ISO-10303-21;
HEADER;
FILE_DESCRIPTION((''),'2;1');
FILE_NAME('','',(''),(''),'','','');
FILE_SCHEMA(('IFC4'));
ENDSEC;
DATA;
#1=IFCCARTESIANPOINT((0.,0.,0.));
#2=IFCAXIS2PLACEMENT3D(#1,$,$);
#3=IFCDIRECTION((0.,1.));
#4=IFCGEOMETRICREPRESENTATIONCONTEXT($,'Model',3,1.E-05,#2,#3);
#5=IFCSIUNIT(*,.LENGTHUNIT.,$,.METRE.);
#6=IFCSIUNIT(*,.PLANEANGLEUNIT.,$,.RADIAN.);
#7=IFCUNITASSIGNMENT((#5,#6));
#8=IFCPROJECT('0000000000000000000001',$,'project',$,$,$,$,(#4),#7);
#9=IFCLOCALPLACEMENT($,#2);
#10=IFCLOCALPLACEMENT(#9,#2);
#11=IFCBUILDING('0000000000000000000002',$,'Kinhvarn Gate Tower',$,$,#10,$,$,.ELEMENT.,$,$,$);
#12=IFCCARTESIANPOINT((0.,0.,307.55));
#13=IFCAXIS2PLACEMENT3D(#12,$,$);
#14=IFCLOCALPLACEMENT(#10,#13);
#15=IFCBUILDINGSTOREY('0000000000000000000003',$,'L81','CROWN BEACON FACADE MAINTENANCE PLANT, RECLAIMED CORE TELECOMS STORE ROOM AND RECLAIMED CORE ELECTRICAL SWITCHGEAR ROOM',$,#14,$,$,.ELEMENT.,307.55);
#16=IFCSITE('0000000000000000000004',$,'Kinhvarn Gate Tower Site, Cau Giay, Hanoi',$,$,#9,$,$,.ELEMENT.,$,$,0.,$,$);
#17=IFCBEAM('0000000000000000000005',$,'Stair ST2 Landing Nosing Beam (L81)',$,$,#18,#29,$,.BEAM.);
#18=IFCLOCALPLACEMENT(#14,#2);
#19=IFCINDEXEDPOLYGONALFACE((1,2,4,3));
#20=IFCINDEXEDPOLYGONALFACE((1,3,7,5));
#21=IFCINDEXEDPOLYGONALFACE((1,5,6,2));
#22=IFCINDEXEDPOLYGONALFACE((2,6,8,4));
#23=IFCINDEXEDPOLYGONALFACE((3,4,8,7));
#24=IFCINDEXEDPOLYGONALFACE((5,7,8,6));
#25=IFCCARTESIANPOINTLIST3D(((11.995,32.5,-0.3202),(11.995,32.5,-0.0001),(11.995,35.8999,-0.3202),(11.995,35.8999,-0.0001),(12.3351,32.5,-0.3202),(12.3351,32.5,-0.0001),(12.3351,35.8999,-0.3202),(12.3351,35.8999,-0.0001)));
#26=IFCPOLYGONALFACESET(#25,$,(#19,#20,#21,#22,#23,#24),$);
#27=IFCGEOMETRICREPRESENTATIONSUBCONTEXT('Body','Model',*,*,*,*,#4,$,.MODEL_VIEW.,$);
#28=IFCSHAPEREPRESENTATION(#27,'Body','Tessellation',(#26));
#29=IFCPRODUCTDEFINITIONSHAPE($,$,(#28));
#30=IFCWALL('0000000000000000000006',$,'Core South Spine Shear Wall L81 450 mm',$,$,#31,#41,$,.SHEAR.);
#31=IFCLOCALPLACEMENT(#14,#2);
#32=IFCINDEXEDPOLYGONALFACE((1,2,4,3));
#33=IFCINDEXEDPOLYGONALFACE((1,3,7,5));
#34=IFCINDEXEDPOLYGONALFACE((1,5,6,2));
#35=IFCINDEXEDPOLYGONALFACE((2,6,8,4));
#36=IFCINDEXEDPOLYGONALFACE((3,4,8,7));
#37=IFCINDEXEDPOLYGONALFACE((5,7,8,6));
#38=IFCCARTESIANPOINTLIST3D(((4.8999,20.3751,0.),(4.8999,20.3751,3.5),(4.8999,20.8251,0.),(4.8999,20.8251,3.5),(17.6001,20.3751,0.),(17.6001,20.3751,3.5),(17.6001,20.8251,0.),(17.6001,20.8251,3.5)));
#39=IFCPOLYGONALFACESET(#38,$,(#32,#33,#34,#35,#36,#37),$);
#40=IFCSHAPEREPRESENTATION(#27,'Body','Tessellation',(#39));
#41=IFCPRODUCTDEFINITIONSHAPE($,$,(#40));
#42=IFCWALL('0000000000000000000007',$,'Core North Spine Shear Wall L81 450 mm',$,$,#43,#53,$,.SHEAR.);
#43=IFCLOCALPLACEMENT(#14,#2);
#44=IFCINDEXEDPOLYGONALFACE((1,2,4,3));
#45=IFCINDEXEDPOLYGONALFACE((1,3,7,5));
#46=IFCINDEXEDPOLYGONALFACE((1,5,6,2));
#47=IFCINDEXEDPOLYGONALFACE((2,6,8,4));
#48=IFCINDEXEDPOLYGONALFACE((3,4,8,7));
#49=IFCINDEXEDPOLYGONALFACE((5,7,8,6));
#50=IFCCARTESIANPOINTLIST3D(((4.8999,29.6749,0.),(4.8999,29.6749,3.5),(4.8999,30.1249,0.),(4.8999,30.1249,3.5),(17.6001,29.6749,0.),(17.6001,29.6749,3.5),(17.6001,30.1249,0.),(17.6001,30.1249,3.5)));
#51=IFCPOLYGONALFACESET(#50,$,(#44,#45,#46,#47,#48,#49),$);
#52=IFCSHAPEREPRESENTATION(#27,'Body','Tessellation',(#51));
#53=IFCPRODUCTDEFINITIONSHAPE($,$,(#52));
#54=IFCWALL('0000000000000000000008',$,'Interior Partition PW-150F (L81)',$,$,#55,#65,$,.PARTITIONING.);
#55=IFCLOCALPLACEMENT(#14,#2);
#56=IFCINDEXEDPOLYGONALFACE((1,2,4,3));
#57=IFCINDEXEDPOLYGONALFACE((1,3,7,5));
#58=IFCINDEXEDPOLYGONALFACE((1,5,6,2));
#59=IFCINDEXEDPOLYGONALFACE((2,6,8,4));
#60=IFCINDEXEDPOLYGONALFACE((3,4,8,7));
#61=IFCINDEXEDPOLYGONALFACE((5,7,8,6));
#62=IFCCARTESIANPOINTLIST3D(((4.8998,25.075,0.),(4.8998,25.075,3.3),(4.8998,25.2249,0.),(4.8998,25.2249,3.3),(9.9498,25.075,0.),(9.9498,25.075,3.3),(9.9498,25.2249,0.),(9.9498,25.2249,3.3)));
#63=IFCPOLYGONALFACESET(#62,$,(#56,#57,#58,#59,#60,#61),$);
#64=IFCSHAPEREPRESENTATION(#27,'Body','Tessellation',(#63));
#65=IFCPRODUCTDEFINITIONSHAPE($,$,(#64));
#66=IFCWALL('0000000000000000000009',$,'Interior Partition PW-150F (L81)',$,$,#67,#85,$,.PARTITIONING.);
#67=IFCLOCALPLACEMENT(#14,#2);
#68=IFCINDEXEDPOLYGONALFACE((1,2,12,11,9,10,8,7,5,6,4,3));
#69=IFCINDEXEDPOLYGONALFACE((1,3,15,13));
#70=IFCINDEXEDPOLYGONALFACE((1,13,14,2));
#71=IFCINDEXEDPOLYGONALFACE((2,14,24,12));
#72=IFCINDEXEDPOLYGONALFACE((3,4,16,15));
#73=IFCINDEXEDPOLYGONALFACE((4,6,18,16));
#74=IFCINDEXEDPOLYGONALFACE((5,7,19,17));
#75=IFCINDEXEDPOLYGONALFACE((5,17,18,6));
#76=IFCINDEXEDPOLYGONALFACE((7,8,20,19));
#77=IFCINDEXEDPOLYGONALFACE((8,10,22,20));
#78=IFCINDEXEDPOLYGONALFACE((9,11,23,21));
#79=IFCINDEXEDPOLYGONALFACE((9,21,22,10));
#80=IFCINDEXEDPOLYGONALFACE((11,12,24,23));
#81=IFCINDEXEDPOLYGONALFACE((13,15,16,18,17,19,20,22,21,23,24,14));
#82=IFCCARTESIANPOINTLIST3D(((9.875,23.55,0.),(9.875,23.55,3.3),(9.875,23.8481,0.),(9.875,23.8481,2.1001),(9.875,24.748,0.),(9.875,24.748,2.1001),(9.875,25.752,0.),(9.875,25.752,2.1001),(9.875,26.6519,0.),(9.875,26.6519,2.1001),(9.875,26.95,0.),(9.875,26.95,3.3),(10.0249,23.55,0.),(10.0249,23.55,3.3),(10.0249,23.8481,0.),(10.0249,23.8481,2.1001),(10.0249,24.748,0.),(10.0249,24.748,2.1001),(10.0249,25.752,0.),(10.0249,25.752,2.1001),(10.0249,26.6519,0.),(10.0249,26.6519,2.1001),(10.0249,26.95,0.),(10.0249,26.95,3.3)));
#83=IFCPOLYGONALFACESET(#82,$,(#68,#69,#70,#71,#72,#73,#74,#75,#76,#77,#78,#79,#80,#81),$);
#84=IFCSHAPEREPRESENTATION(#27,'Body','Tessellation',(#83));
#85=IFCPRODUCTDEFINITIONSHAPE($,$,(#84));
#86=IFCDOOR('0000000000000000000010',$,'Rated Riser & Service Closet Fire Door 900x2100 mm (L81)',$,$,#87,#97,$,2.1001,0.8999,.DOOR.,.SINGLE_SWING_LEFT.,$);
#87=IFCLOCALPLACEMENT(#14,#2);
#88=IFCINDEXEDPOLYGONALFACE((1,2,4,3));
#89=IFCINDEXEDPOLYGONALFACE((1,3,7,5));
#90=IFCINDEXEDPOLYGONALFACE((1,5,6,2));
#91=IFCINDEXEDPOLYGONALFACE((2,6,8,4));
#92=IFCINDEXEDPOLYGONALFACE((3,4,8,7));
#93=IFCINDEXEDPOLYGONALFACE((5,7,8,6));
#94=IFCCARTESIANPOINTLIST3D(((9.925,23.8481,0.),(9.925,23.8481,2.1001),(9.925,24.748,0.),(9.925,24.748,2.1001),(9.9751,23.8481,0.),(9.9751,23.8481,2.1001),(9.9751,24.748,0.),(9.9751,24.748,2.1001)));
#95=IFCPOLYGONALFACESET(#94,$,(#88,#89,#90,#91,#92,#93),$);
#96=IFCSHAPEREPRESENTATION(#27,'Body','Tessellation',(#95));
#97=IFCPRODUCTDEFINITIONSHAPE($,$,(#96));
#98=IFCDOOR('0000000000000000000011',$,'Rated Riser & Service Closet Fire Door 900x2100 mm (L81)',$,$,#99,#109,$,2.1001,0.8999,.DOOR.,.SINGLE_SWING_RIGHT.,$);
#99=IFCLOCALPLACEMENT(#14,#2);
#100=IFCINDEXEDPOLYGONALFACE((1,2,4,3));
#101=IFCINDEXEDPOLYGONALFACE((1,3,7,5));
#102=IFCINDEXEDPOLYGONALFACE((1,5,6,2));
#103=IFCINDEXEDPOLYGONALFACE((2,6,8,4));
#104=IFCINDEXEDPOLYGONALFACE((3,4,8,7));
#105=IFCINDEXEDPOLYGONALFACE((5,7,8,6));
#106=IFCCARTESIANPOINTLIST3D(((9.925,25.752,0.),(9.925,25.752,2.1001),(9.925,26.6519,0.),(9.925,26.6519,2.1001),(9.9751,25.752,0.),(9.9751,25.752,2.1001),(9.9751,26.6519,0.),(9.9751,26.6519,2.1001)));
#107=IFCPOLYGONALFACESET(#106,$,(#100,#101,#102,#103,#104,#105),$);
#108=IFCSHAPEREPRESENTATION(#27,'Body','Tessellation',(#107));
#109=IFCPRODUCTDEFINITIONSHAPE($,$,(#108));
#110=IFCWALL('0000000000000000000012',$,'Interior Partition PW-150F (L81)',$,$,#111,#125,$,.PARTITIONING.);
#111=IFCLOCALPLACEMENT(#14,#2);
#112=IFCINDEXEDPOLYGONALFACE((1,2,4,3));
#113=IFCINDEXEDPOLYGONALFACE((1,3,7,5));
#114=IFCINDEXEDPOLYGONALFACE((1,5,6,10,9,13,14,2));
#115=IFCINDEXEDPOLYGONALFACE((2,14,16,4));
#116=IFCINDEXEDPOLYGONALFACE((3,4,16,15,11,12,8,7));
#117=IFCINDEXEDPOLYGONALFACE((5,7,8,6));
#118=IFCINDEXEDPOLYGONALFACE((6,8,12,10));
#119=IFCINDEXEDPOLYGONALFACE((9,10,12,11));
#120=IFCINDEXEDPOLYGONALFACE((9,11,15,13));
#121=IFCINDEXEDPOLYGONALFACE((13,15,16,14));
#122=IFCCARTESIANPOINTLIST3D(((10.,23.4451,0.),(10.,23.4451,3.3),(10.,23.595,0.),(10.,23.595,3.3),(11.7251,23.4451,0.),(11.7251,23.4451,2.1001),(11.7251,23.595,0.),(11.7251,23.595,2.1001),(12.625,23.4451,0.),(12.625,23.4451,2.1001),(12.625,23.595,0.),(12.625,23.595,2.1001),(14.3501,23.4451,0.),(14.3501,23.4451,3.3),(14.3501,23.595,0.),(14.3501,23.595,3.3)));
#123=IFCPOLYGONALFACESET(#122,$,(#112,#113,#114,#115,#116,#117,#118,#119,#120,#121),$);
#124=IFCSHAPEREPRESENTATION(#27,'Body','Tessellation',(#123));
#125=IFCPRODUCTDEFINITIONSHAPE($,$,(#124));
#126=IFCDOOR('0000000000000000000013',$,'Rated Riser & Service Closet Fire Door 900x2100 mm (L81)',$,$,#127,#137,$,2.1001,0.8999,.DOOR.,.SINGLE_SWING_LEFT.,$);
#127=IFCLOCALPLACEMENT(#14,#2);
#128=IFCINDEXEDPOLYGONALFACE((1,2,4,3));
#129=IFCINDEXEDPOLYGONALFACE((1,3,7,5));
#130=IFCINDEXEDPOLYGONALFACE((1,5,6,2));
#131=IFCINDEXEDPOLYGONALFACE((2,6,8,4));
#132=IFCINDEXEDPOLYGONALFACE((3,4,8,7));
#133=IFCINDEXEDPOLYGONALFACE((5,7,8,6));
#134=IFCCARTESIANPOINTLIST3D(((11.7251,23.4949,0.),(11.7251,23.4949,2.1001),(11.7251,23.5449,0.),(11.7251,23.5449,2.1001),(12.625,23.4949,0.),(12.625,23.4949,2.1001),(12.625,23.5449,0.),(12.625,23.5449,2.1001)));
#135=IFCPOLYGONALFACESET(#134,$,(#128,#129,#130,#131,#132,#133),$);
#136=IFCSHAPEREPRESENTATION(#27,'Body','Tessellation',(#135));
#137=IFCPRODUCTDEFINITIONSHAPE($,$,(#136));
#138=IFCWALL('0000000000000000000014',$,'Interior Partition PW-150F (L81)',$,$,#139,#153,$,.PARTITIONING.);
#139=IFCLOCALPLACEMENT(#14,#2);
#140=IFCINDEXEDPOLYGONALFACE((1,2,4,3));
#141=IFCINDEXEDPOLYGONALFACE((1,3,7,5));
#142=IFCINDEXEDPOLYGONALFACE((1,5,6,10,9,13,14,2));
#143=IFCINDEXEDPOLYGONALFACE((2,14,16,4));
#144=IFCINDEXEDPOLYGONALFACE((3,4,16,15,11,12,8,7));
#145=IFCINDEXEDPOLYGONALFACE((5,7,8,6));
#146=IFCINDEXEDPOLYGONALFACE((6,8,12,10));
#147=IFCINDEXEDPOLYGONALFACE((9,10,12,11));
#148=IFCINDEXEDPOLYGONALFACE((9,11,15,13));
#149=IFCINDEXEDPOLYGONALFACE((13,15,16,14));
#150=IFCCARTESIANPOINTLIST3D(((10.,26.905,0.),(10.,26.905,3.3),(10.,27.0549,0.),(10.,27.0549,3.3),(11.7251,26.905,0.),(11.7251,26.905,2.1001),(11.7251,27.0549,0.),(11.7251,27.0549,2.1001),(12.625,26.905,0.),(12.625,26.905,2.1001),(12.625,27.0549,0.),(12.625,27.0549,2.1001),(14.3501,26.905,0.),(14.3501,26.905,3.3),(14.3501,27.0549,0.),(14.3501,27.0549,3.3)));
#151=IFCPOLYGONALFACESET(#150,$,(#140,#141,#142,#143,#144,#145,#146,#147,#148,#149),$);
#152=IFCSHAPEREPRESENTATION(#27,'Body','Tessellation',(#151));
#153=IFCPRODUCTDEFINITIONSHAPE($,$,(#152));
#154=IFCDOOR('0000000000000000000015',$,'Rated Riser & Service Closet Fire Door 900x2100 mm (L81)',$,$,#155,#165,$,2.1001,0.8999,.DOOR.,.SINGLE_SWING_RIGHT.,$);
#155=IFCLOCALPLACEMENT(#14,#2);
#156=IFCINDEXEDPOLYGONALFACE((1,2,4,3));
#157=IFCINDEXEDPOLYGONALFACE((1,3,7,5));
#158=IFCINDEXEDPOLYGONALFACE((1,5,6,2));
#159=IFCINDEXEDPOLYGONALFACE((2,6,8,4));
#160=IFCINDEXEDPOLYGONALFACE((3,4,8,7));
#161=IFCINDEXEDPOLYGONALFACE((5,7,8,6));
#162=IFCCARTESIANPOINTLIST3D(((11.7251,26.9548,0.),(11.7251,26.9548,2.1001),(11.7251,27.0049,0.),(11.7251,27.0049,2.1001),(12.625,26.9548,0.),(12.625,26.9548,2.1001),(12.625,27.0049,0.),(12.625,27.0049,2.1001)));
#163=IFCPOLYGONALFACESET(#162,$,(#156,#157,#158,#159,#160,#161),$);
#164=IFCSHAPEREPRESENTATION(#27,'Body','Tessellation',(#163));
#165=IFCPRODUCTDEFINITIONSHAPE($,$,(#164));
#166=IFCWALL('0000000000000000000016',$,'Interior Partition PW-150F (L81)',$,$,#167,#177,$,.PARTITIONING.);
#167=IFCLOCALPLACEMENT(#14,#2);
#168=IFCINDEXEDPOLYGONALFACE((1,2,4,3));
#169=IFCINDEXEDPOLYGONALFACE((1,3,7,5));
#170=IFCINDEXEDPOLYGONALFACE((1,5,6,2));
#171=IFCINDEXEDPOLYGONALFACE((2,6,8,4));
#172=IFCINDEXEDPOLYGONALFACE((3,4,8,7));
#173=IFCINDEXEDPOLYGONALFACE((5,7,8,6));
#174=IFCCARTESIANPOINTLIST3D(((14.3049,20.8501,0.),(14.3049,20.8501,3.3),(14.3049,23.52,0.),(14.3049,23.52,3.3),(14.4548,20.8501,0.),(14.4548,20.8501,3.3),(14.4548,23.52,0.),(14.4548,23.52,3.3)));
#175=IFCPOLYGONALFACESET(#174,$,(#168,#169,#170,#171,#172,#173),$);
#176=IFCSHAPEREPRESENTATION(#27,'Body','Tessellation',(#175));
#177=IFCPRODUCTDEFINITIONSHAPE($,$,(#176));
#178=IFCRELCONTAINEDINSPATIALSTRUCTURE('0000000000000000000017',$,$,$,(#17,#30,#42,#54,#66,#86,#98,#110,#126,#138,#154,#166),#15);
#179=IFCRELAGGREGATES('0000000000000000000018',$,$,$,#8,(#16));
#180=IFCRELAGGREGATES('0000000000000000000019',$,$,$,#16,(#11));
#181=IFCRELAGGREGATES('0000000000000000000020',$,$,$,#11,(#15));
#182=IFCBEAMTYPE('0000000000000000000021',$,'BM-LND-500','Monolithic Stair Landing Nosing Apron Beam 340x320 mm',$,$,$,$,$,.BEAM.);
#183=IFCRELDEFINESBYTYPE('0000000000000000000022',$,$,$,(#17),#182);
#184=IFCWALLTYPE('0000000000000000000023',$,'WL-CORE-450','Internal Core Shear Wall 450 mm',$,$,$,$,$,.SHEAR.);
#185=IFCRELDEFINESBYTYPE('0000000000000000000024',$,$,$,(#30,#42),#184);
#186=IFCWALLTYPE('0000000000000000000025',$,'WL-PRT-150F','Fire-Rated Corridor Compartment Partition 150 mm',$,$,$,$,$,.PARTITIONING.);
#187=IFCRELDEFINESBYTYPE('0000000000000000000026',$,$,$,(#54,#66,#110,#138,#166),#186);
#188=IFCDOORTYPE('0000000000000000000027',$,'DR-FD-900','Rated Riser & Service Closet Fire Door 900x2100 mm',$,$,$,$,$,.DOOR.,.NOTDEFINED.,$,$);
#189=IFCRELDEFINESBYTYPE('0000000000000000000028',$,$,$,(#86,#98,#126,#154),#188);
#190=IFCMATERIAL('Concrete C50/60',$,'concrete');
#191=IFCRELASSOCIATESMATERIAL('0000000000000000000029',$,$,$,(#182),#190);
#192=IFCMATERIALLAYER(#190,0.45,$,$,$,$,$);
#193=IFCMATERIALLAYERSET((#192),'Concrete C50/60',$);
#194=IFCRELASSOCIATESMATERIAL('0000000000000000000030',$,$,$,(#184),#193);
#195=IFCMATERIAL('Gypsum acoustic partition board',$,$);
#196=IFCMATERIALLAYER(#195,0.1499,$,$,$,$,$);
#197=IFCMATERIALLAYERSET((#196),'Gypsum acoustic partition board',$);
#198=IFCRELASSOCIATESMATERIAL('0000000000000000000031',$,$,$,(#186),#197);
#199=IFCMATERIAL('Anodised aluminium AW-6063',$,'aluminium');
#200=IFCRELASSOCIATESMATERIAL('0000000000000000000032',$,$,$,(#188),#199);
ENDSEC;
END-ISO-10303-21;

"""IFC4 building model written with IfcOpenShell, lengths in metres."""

from ifc_helpers import new_model, si_unit, direction, frame, frame_2d, origin, origin_2d, place, context, subcontext, project, spatial, rectangle, extrude, material, layer, layer_set, material_profile, profile_set, type_object, element, fill, save


model = new_model("IFC4")

# Units and contexts
model_context = context("Model", 3, precision=1e-05, world=origin(), true_north=direction((0.0, 1.0)))
body_context = subcontext(model_context, "Body", "Model", "MODEL_VIEW")
ifc_project = project(units=[si_unit("LENGTHUNIT", "METRE"), si_unit("PLANEANGLEUNIT", "RADIAN")], contexts=[model_context])

# Site, building, storey
site_placement = place(None, origin())
site = spatial("IfcSite", under=ifc_project, at=site_placement, Name="Kinhvarn Gate Tower Site, Cau Giay, Hanoi", CompositionType="ELEMENT", RefElevation=0.0)
building_placement = place(site_placement, origin())
building = spatial("IfcBuilding", under=site, at=building_placement, Name="Kinhvarn Gate Tower", CompositionType="ELEMENT")
storey_placement = place(building_placement, frame((0.0, 0.0, 307.55)))
storey = spatial("IfcBuildingStorey", under=building, at=storey_placement, Name="L81", Description="CROWN BEACON FACADE MAINTENANCE PLANT, RECLAIMED CORE TELECOMS STORE ROOM AND RECLAIMED CORE ELECTRICAL SWITCHGEAR ROOM", CompositionType="ELEMENT", Elevation=307.55)

# Beam
ifc_material_1 = material(Name="Concrete C50/60", Category="concrete")
ifc_material_profile = material_profile(ifc_material_1, rectangle(XDim=0.3401, YDim=0.3201, at=origin_2d()), Name="RC 340x320")
ifc_profile_set = profile_set([ifc_material_profile], Name="Concrete C50/60")
beam_type = type_object("IfcBeamType", Name="BM-LND-500", Description="Monolithic Stair Landing Nosing Apron Beam 340x320 mm", PredefinedType="BEAM", material=ifc_profile_set)
beam_placement = place(storey_placement, frame((12.165, 32.5, -0.1602), z_axis=(0.0, 1.0, 0.0), x_axis=(-1.0, 0.0, 0.0)))
element("IfcBeam", 1, at=beam_placement, inside=storey, type_object=beam_type, Name="Stair ST2 Landing Nosing Beam (L81)", PredefinedType="BEAM", context=body_context, shape_type="SweptSolid", body=[
    extrude(rectangle(XDim=0.3401, YDim=0.3201, at=origin_2d()), origin(), (0.0, 0.0, 1.0), 3.3999),
])

# Walls
ifc_layer_1 = layer(ifc_material_1, 0.45)
ifc_layer_set_1 = layer_set([ifc_layer_1], Name="Concrete C50/60")
wall_type_1 = type_object("IfcWallType", Name="WL-CORE-450", Description="Internal Core Shear Wall 450 mm", PredefinedType="SHEAR", material=ifc_layer_set_1)
for number, where, z_axis, x_axis, name in (
    (2, (4.8999, 20.6001, 0.0), (0.0, 0.0, 1.0), (1.0, 0.0, 0.0), "Core South Spine Shear Wall L81 450 mm"),
    (3, (4.8999, 29.8999, 0.0), (0.0, 0.0, 1.0), (1.0, 0.0, 0.0), "Core North Spine Shear Wall L81 450 mm"),
):
    element("IfcWall", number, at=place(storey_placement, frame(where, z_axis=z_axis, x_axis=x_axis)), inside=storey, type_object=wall_type_1, Name=name, PredefinedType="SHEAR", context=body_context, shape_type="SweptSolid", body=[
        extrude(rectangle(XDim=12.7002, YDim=0.45, at=frame_2d((6.3501, 0.0))), origin(), (0.0, 0.0, 1.0), 3.5),
    ])
ifc_material_2 = material(Name="Gypsum acoustic partition board")
ifc_layer_2 = layer(ifc_material_2, 0.1499)
ifc_layer_set_2 = layer_set([ifc_layer_2], Name="Gypsum acoustic partition board")
wall_type_2 = type_object("IfcWallType", Name="WL-PRT-150F", Description="Fire-Rated Corridor Compartment Partition 150 mm", PredefinedType="PARTITIONING", material=ifc_layer_set_2)
wall_1_placement = place(storey_placement, frame((4.8999, 25.1499, 0.0), z_axis=(0.0, 0.0, 1.0), x_axis=(1.0, 0.0, 0.0)))
element("IfcWall", 4, at=wall_1_placement, inside=storey, type_object=wall_type_2, Name="Interior Partition PW-150F (L81)", PredefinedType="PARTITIONING", context=body_context, shape_type="SweptSolid", body=[
    extrude(rectangle(XDim=5.05, YDim=0.1499, at=frame_2d((2.5249, 0.0))), origin(), (0.0, 0.0, 1.0), 3.3),
])

# Wall, openings, doors
wall_2_placement = place(storey_placement, frame((9.95, 23.55, 0.0), z_axis=(0.0, 0.0, 1.0), x_axis=(0.0, 1.0, 0.0)))
wall_2 = element("IfcWall", 5, at=wall_2_placement, inside=storey, type_object=wall_type_2, Name="Interior Partition PW-150F (L81)", PredefinedType="PARTITIONING", context=body_context, shape_type="SweptSolid", body=[
    extrude(rectangle(XDim=3.3999, YDim=0.1499, at=frame_2d((1.7, 0.0))), origin(), (0.0, 0.0, 1.0), 3.3),
])
opening_1_placement = place(wall_2_placement, frame((0.2981, 0.0, 0.0)))
opening_1 = element("IfcOpeningElement", 6, at=opening_1_placement, cuts=wall_2, PredefinedType="OPENING", context=body_context, shape_type="SweptSolid", body=[
    extrude(rectangle(XDim=0.8999, YDim=2.1001, at=frame_2d((0.45, 1.05))), frame((0.0, 0.085, 0.0), z_axis=(0.0, -1.0, 0.0), x_axis=(1.0, 0.0, 0.0)), (0.0, 0.0, 1.0), 0.1699),
])
opening_2_placement = place(wall_2_placement, frame((2.2019, 0.0, 0.0)))
opening_2 = element("IfcOpeningElement", 7, at=opening_2_placement, cuts=wall_2, PredefinedType="OPENING", context=body_context, shape_type="SweptSolid", body=[
    extrude(rectangle(XDim=0.8999, YDim=2.1001, at=frame_2d((0.45, 1.05))), frame((0.0, 0.085, 0.0), z_axis=(0.0, -1.0, 0.0), x_axis=(1.0, 0.0, 0.0)), (0.0, 0.0, 1.0), 0.1699),
])
ifc_material_3 = material(Name="Anodised aluminium AW-6063", Category="aluminium")
door_type_1 = type_object("IfcDoorType", Name="DR-FD-900", Description="Rated Riser & Service Closet Fire Door 900x2100 mm", OperationType="NOTDEFINED", PredefinedType="DOOR", material=ifc_material_3)
door_1_placement = place(opening_1_placement, origin())
door_1 = element("IfcDoor", 8, at=door_1_placement, inside=storey, type_object=door_type_1, Name="Rated Riser & Service Closet Fire Door 900x2100 mm (L81)", OperationType="SINGLE_SWING_LEFT", OverallHeight=2.1001, OverallWidth=0.8999, PredefinedType="DOOR", context=body_context, shape_type="SweptSolid", body=[
    extrude(rectangle(XDim=0.8999, YDim=2.1001, at=frame_2d((0.45, 1.05))), frame((0.0, 0.0249, 0.0), z_axis=(0.0, -1.0, 0.0), x_axis=(1.0, 0.0, 0.0)), (0.0, 0.0, 1.0), 0.05),
])
fill(opening_1, door_1)
door_2_placement = place(opening_2_placement, origin())
door_2 = element("IfcDoor", 9, at=door_2_placement, inside=storey, type_object=door_type_1, Name="Rated Riser & Service Closet Fire Door 900x2100 mm (L81)", OperationType="SINGLE_SWING_RIGHT", OverallHeight=2.1001, OverallWidth=0.8999, PredefinedType="DOOR", context=body_context, shape_type="SweptSolid", body=[
    extrude(rectangle(XDim=0.8999, YDim=2.1001, at=frame_2d((0.45, 1.05))), frame((0.0, 0.0249, 0.0), z_axis=(0.0, -1.0, 0.0), x_axis=(1.0, 0.0, 0.0)), (0.0, 0.0, 1.0), 0.05),
])
fill(opening_2, door_2)

# Walls, openings, doors
wall_3_placement = place(storey_placement, frame((10.0, 23.52, 0.0), z_axis=(0.0, 0.0, 1.0), x_axis=(1.0, 0.0, 0.0)))
wall_3 = element("IfcWall", 10, at=wall_3_placement, inside=storey, type_object=wall_type_2, Name="Interior Partition PW-150F (L81)", PredefinedType="PARTITIONING", context=body_context, shape_type="SweptSolid", body=[
    extrude(rectangle(XDim=4.3501, YDim=0.1499, at=frame_2d((2.175, 0.0))), origin(), (0.0, 0.0, 1.0), 3.3),
])
opening_3_placement = place(wall_3_placement, frame((1.7251, 0.0, 0.0)))
opening_3 = element("IfcOpeningElement", 11, at=opening_3_placement, cuts=wall_3, PredefinedType="OPENING", context=body_context, shape_type="SweptSolid", body=[
    extrude(rectangle(XDim=0.8999, YDim=2.1001, at=frame_2d((0.45, 1.05))), frame((0.0, 0.085, 0.0), z_axis=(0.0, -1.0, 0.0), x_axis=(1.0, 0.0, 0.0)), (0.0, 0.0, 1.0), 0.1699),
])
door_3_placement = place(opening_3_placement, origin())
door_3 = element("IfcDoor", 12, at=door_3_placement, inside=storey, type_object=door_type_1, Name="Rated Riser & Service Closet Fire Door 900x2100 mm (L81)", OperationType="SINGLE_SWING_LEFT", OverallHeight=2.1001, OverallWidth=0.8999, PredefinedType="DOOR", context=body_context, shape_type="SweptSolid", body=[
    extrude(rectangle(XDim=0.8999, YDim=2.1001, at=frame_2d((0.45, 1.05))), frame((0.0, 0.0249, 0.0), z_axis=(0.0, -1.0, 0.0), x_axis=(1.0, 0.0, 0.0)), (0.0, 0.0, 1.0), 0.05),
])
fill(opening_3, door_3)
wall_4_placement = place(storey_placement, frame((10.0, 26.98, 0.0), z_axis=(0.0, 0.0, 1.0), x_axis=(1.0, 0.0, 0.0)))
wall_4 = element("IfcWall", 13, at=wall_4_placement, inside=storey, type_object=wall_type_2, Name="Interior Partition PW-150F (L81)", PredefinedType="PARTITIONING", context=body_context, shape_type="SweptSolid", body=[
    extrude(rectangle(XDim=4.3501, YDim=0.1499, at=frame_2d((2.175, 0.0))), origin(), (0.0, 0.0, 1.0), 3.3),
])
opening_4_placement = place(wall_4_placement, frame((1.7251, 0.0, 0.0)))
opening_4 = element("IfcOpeningElement", 14, at=opening_4_placement, cuts=wall_4, PredefinedType="OPENING", context=body_context, shape_type="SweptSolid", body=[
    extrude(rectangle(XDim=0.8999, YDim=2.1001, at=frame_2d((0.45, 1.05))), frame((0.0, 0.085, 0.0), z_axis=(0.0, -1.0, 0.0), x_axis=(1.0, 0.0, 0.0)), (0.0, 0.0, 1.0), 0.1699),
])
door_4_placement = place(opening_4_placement, origin())
door_4 = element("IfcDoor", 15, at=door_4_placement, inside=storey, type_object=door_type_1, Name="Rated Riser & Service Closet Fire Door 900x2100 mm (L81)", OperationType="SINGLE_SWING_RIGHT", OverallHeight=2.1001, OverallWidth=0.8999, PredefinedType="DOOR", context=body_context, shape_type="SweptSolid", body=[
    extrude(rectangle(XDim=0.8999, YDim=2.1001, at=frame_2d((0.45, 1.05))), frame((0.0, 0.0249, 0.0), z_axis=(0.0, -1.0, 0.0), x_axis=(1.0, 0.0, 0.0)), (0.0, 0.0, 1.0), 0.05),
])
fill(opening_4, door_4)

# Wall
wall_5_placement = place(storey_placement, frame((14.3799, 20.8501, 0.0), z_axis=(0.0, 0.0, 1.0), x_axis=(0.0, 1.0, 0.0)))
element("IfcWall", 16, at=wall_5_placement, inside=storey, type_object=wall_type_2, Name="Interior Partition PW-150F (L81)", PredefinedType="PARTITIONING", context=body_context, shape_type="SweptSolid", body=[
    extrude(rectangle(XDim=2.6699, YDim=0.1499, at=frame_2d((1.335, 0.0))), origin(), (0.0, 0.0, 1.0), 3.3),
])

save(model, "model.ifc")
